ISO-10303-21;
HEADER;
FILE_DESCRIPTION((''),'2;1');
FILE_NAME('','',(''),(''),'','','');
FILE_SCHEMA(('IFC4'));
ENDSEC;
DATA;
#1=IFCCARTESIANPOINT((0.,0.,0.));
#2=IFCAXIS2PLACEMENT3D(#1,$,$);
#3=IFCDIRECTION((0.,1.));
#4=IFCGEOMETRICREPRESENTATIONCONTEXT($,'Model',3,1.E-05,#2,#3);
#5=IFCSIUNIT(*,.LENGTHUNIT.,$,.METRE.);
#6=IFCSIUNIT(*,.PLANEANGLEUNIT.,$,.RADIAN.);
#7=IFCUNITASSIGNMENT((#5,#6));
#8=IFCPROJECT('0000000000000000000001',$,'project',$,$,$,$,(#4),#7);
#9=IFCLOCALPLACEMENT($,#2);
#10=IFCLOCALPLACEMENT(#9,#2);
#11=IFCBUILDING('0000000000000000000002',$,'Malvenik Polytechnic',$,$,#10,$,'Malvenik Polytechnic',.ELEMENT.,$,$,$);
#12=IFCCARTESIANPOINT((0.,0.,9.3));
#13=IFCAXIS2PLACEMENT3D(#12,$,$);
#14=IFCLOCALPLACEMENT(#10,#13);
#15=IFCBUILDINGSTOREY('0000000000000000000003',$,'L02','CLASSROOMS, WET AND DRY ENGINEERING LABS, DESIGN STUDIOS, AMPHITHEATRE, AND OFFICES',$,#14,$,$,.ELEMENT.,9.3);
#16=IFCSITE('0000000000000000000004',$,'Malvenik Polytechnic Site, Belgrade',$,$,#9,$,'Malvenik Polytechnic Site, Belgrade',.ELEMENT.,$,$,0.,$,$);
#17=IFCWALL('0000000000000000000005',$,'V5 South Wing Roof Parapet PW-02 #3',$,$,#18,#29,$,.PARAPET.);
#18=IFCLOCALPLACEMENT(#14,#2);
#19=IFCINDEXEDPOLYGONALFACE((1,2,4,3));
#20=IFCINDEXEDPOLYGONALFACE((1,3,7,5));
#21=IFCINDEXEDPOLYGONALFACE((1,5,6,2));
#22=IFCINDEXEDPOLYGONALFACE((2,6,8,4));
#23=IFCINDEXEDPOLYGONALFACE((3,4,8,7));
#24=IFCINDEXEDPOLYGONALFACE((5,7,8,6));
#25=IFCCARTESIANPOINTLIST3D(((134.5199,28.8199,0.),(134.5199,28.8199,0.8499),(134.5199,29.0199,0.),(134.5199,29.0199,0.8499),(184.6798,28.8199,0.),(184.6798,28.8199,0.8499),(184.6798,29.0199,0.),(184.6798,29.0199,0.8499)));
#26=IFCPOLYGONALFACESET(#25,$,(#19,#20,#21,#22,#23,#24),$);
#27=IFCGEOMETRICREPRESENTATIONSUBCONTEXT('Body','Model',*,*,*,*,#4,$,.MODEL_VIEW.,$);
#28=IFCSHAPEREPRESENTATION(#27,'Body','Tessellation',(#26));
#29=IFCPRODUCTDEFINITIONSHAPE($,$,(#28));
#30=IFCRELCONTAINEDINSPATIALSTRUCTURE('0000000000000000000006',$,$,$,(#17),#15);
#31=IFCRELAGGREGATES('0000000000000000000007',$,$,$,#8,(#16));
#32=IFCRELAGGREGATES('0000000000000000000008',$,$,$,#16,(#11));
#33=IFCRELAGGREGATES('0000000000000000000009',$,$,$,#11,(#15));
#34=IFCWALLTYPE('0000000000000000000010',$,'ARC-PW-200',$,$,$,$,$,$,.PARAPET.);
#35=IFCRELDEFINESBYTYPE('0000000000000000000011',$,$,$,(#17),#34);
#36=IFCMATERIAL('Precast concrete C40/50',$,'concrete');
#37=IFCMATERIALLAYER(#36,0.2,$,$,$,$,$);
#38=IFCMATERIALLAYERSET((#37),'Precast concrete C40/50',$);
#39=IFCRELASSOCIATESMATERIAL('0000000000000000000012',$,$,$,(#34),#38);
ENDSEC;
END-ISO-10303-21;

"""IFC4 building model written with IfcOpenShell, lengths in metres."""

from ifc_helpers import new_model, si_unit, direction, frame, frame_2d, origin, place, context, subcontext, project, spatial, rectangle, extrude, material, layer, layer_set, type_object, element, save


model = new_model("IFC4")

# Units and contexts
model_context = context("Model", 3, precision=1e-05, world=origin(), true_north=direction((0.0, 1.0)))
body_context = subcontext(model_context, "Body", "Model", "MODEL_VIEW")
ifc_project = project(units=[si_unit("LENGTHUNIT", "METRE"), si_unit("PLANEANGLEUNIT", "RADIAN")], contexts=[model_context])

# Site, building, storey
site_placement = place(None, origin())
site = spatial("IfcSite", under=ifc_project, at=site_placement, Name="Malvenik Polytechnic Site, Belgrade", LongName="Malvenik Polytechnic Site, Belgrade", CompositionType="ELEMENT", RefElevation=0.0)
building_placement = place(site_placement, origin())
building = spatial("IfcBuilding", under=site, at=building_placement, Name="Malvenik Polytechnic", LongName="Malvenik Polytechnic", CompositionType="ELEMENT")
storey_placement = place(building_placement, frame((0.0, 0.0, 9.3)))
storey = spatial("IfcBuildingStorey", under=building, at=storey_placement, Name="L02", Description="CLASSROOMS, WET AND DRY ENGINEERING LABS, DESIGN STUDIOS, AMPHITHEATRE, AND OFFICES", CompositionType="ELEMENT", Elevation=9.3)

# Wall
ifc_material_1 = material(Name="Precast concrete C40/50", Category="concrete")
ifc_layer_1 = layer(ifc_material_1, 0.2)
ifc_layer_set_1 = layer_set([ifc_layer_1], Name="Precast concrete C40/50")
wall_type = type_object("IfcWallType", Name="ARC-PW-200", PredefinedType="PARAPET", material=ifc_layer_set_1)
wall_1_placement = place(storey_placement, frame((184.6799, 28.9199, 0.0), z_axis=(0.0, 0.0, 1.0), x_axis=(-1.0, 0.0, 0.0)))
element("IfcWall", 1, at=wall_1_placement, inside=storey, type_object=wall_type, Name="V5 South Wing Roof Parapet PW-02 #3", PredefinedType="PARAPET", context=body_context, shape_type="SweptSolid", body=[
    extrude(rectangle(XDim=50.1599, YDim=0.2, at=frame_2d((25.0801, 0.0))), origin(), (0.0, 0.0, 1.0), 0.8499),
])

save(model, "model.ifc")
